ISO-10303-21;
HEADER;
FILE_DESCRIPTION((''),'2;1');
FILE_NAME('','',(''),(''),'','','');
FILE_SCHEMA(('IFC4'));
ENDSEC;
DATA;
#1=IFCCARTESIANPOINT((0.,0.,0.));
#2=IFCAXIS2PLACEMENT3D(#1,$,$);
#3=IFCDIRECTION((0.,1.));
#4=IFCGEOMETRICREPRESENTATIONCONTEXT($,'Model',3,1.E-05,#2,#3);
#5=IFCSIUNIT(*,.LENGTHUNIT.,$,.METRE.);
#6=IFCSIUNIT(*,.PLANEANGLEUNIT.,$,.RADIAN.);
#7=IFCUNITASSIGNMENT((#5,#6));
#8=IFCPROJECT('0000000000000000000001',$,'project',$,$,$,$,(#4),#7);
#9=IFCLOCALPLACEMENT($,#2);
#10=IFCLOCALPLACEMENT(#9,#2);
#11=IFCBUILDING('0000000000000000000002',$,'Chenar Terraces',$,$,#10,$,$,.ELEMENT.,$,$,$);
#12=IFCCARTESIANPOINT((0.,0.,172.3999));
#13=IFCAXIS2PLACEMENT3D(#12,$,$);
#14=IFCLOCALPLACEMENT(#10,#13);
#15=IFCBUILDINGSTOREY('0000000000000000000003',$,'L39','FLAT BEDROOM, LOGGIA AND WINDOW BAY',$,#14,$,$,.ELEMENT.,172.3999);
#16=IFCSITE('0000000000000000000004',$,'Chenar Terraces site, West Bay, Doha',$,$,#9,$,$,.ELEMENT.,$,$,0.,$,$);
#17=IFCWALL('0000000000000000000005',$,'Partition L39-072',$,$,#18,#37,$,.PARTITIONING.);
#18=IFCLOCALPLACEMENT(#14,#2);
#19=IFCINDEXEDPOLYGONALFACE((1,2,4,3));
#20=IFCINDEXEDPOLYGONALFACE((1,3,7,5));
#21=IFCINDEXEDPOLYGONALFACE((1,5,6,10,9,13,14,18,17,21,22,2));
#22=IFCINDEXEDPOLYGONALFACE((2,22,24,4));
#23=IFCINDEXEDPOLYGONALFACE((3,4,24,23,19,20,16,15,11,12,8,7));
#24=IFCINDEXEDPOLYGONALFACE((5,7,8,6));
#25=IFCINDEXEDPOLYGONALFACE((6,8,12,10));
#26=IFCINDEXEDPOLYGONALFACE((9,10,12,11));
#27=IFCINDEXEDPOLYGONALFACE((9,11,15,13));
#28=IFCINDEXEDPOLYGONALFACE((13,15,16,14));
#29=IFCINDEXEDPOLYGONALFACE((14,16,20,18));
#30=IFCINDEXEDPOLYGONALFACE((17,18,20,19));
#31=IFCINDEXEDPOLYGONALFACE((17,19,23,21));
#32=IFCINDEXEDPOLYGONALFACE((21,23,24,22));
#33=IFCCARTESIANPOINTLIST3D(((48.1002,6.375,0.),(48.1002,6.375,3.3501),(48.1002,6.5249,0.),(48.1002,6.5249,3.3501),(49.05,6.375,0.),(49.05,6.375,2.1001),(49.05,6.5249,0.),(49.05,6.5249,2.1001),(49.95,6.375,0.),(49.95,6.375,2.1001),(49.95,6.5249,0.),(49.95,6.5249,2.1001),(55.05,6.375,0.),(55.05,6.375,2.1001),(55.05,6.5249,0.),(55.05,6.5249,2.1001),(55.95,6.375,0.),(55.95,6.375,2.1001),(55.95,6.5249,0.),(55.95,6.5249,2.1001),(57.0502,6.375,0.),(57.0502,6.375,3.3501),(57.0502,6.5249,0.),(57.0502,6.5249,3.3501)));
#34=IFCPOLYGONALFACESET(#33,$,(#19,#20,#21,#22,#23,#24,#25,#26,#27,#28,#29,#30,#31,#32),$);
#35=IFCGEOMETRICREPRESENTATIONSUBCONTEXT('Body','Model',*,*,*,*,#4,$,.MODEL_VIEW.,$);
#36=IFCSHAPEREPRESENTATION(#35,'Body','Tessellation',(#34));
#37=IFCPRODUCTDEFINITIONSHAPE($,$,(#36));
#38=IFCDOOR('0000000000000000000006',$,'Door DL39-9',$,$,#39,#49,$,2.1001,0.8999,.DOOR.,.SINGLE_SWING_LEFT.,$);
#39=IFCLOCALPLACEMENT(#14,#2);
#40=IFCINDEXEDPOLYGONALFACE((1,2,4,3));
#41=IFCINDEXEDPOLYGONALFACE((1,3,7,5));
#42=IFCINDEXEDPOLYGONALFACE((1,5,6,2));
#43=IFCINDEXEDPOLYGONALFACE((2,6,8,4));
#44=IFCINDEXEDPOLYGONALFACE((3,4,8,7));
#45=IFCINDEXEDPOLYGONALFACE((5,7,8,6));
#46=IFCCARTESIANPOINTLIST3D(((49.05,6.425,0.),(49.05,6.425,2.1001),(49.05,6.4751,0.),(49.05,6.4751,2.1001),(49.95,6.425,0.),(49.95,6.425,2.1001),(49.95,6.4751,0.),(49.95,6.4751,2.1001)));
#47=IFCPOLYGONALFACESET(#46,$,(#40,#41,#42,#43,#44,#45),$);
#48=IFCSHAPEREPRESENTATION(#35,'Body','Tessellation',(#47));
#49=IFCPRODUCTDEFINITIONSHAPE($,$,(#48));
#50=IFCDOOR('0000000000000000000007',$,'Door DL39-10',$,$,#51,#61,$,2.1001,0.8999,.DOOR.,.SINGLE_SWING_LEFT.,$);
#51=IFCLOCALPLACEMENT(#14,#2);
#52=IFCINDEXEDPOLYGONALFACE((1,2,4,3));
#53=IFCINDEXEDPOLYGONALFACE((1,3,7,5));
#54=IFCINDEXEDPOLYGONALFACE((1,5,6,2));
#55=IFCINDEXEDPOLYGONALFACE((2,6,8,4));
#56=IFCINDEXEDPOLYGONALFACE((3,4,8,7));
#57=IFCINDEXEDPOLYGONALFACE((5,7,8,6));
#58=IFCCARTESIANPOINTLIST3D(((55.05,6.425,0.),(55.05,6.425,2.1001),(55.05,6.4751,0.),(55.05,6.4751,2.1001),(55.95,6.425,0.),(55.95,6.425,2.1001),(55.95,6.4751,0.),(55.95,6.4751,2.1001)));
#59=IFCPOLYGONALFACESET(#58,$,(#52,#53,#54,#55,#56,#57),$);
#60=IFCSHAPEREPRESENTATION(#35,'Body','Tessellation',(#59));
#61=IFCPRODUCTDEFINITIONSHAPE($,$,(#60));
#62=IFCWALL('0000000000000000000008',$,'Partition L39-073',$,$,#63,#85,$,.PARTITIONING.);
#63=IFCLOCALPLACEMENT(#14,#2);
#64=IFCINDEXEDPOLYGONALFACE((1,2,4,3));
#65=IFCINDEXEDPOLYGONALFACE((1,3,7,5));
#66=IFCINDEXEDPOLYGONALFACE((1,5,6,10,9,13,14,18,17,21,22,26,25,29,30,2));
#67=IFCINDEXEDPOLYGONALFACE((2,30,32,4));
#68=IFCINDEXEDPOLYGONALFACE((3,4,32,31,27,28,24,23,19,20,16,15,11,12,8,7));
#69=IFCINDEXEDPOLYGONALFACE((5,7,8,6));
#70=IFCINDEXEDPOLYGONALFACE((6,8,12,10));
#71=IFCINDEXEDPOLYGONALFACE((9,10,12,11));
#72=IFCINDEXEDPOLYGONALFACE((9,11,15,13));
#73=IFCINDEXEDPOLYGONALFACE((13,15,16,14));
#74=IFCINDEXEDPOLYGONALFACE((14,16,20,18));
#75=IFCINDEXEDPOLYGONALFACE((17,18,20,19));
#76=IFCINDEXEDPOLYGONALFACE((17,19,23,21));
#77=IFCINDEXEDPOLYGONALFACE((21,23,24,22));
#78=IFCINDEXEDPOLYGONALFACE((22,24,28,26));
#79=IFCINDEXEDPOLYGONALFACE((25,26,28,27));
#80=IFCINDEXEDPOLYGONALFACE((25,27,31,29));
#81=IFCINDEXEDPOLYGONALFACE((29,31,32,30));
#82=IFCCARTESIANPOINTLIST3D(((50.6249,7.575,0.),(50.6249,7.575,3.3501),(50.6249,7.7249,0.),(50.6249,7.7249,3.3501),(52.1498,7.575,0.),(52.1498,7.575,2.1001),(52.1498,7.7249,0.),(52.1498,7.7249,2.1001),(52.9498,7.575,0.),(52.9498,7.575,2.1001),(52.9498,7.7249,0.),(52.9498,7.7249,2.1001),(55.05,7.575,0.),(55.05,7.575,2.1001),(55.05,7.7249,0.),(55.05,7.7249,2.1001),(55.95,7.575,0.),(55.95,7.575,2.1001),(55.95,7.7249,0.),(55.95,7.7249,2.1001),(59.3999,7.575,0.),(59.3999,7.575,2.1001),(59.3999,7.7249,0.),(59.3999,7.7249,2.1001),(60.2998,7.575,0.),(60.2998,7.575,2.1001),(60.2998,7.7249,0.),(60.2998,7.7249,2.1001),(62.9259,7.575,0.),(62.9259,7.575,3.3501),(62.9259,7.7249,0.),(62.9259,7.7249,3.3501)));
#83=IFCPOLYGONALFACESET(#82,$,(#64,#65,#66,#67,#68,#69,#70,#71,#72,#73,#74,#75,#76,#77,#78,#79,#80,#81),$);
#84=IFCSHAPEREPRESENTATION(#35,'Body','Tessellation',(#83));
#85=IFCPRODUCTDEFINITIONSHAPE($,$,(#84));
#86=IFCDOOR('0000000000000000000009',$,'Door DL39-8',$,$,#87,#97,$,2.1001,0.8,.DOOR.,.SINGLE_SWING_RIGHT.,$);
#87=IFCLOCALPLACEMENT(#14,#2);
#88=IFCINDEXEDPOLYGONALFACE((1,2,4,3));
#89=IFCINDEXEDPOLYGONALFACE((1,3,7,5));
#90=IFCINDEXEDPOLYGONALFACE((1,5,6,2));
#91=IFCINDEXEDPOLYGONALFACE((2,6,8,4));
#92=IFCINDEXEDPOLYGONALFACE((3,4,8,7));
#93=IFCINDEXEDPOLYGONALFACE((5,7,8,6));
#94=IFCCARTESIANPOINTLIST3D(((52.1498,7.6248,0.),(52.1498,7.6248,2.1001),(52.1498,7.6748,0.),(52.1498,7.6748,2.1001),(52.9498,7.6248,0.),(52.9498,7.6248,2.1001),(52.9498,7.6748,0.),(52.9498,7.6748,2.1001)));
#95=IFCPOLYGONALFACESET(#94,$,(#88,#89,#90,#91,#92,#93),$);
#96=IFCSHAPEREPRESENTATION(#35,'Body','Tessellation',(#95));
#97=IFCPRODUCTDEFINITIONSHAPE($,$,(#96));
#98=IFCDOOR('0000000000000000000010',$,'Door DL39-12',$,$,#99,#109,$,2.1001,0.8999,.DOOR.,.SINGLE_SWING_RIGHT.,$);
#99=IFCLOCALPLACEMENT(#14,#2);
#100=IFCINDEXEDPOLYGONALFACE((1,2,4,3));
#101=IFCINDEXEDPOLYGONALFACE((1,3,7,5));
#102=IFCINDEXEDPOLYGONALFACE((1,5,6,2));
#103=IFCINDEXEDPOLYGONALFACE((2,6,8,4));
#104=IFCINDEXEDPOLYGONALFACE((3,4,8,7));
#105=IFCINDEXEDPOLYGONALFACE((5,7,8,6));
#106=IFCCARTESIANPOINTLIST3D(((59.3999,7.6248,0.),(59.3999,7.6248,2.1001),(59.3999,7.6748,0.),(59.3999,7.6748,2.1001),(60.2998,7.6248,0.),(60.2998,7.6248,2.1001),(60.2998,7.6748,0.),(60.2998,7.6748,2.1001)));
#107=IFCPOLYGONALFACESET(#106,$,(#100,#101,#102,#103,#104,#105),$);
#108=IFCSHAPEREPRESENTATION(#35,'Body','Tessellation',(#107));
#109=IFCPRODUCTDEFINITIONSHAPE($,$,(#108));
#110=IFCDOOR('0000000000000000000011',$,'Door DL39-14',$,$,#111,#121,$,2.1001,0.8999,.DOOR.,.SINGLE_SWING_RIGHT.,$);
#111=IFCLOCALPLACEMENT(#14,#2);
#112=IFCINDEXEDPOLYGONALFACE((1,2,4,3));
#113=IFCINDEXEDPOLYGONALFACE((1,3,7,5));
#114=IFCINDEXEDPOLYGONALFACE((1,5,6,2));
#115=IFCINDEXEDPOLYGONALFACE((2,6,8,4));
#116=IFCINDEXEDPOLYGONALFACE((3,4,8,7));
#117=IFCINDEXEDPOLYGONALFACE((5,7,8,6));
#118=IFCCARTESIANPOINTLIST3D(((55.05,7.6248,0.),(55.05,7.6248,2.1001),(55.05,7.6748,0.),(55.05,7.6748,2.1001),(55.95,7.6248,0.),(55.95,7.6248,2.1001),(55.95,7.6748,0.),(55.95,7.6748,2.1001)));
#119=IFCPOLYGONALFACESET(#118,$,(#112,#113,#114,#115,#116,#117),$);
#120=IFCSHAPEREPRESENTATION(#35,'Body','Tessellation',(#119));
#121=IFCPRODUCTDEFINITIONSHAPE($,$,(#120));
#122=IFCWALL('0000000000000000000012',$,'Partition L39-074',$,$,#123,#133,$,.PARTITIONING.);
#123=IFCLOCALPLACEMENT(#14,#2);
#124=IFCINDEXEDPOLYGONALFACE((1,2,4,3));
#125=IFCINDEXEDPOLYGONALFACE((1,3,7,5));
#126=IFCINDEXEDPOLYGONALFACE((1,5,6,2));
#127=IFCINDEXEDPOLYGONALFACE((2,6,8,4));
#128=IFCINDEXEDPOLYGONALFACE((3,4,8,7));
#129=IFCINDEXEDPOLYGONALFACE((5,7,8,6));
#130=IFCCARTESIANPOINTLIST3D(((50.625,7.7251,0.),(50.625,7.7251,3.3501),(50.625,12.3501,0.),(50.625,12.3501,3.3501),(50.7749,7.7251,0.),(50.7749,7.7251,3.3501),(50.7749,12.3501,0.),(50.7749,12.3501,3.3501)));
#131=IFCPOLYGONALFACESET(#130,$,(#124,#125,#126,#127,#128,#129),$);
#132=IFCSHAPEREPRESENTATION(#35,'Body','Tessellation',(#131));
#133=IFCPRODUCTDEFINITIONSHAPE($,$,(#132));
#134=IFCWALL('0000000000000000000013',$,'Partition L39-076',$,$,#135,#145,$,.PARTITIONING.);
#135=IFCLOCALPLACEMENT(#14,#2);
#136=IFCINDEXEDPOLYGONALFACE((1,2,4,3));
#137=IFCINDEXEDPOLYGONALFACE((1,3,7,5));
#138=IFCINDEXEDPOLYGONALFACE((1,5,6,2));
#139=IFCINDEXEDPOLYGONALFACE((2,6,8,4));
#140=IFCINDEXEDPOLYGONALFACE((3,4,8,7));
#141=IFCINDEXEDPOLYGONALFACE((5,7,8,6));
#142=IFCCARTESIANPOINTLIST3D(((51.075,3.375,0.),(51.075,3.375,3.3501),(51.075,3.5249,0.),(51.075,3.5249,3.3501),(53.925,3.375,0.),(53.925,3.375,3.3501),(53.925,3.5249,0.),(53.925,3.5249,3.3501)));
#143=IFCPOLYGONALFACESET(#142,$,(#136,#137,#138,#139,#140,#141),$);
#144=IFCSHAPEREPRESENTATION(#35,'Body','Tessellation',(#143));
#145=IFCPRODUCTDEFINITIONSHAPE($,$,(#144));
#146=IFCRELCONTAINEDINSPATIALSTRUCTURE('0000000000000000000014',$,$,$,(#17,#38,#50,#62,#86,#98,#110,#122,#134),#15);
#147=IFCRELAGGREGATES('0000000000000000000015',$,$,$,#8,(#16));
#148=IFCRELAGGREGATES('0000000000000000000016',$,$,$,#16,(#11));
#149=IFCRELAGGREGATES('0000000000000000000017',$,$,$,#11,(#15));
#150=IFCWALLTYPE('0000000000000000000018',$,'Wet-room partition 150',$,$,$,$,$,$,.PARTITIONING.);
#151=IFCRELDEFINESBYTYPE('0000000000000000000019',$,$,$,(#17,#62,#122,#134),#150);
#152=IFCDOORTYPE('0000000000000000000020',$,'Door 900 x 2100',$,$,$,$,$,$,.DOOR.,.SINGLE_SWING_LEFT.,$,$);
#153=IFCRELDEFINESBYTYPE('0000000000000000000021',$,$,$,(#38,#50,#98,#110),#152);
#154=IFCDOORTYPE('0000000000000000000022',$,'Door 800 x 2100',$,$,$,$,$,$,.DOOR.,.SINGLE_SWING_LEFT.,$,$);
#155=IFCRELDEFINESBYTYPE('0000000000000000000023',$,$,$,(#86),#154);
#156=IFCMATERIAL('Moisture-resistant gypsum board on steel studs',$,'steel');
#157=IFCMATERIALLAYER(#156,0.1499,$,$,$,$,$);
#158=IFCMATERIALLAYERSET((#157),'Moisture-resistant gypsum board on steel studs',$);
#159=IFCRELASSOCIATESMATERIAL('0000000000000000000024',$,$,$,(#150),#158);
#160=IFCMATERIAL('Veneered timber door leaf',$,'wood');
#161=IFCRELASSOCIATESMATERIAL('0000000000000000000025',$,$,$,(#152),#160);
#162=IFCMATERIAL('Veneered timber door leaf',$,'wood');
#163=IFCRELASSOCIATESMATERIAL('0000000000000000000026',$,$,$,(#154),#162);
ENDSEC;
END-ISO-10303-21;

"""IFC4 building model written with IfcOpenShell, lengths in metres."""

from ifc_helpers import new_model, si_unit, direction, frame, frame_2d, origin, place, context, subcontext, project, spatial, rectangle, extrude, material, layer, layer_set, type_object, element, fill, save


model = new_model("IFC4")

# Units and contexts
model_context = context("Model", 3, precision=1e-05, world=origin(), true_north=direction((0.0, 1.0)))
body_context = subcontext(model_context, "Body", "Model", "MODEL_VIEW")
ifc_project = project(units=[si_unit("LENGTHUNIT", "METRE"), si_unit("PLANEANGLEUNIT", "RADIAN")], contexts=[model_context])

# Site, building, storey
site_placement = place(None, origin())
site = spatial("IfcSite", under=ifc_project, at=site_placement, Name="Chenar Terraces site, West Bay, Doha", CompositionType="ELEMENT", RefElevation=0.0)
building_placement = place(site_placement, origin())
building = spatial("IfcBuilding", under=site, at=building_placement, Name="Chenar Terraces", CompositionType="ELEMENT")
storey_placement = place(building_placement, frame((0.0, 0.0, 172.3999)))
storey = spatial("IfcBuildingStorey", under=building, at=storey_placement, Name="L39", Description="FLAT BEDROOM, LOGGIA AND WINDOW BAY", CompositionType="ELEMENT", Elevation=172.3999)

# Shared definitions
ifc_material_1 = material(Name="Moisture-resistant gypsum board on steel studs", Category="steel")
ifc_layer_1 = layer(ifc_material_1, 0.1499)
ifc_layer_set_1 = layer_set([ifc_layer_1], Name="Moisture-resistant gypsum board on steel studs")
wall_type_1 = type_object("IfcWallType", Name="Wet-room partition 150", PredefinedType="PARTITIONING", material=ifc_layer_set_1)

# Walls, openings, doors
wall_1_placement = place(storey_placement, frame((48.1001, 6.45, 0.0), z_axis=(0.0, 0.0, 1.0), x_axis=(1.0, 0.0, 0.0)))
wall_1 = element("IfcWall", 1, at=wall_1_placement, inside=storey, type_object=wall_type_1, Name="Partition L39-072", PredefinedType="PARTITIONING", context=body_context, shape_type="SweptSolid", body=[
    extrude(rectangle(XDim=8.95, YDim=0.1499, at=frame_2d((4.4751, 0.0))), origin(), (0.0, 0.0, 1.0), 3.3501),
])
opening_1_placement = place(wall_1_placement, frame((0.95, 0.0, 0.0)))
opening_1 = element("IfcOpeningElement", 2, at=opening_1_placement, cuts=wall_1, PredefinedType="OPENING", context=body_context, shape_type="SweptSolid", body=[
    extrude(rectangle(XDim=0.8999, YDim=2.1001, at=frame_2d((0.45, 1.05))), frame((0.0, 0.085, 0.0), z_axis=(0.0, -1.0, 0.0), x_axis=(1.0, 0.0, 0.0)), (0.0, 0.0, 1.0), 0.1699),
])
opening_2_placement = place(wall_1_placement, frame((6.95, 0.0, 0.0)))
opening_2 = element("IfcOpeningElement", 3, at=opening_2_placement, cuts=wall_1, PredefinedType="OPENING", context=body_context, shape_type="SweptSolid", body=[
    extrude(rectangle(XDim=0.8999, YDim=2.1001, at=frame_2d((0.45, 1.05))), frame((0.0, 0.085, 0.0), z_axis=(0.0, -1.0, 0.0), x_axis=(1.0, 0.0, 0.0)), (0.0, 0.0, 1.0), 0.1699),
])
ifc_material_2 = material(Name="Veneered timber door leaf", Category="wood")
door_type_1 = type_object("IfcDoorType", Name="Door 900 x 2100", OperationType="SINGLE_SWING_LEFT", PredefinedType="DOOR", material=ifc_material_2)
door_1_placement = place(opening_1_placement, frame((0.8999, 0.0, 0.0), z_axis=(0.0, 0.0, 1.0), x_axis=(-1.0, 0.0, 0.0)))
door_1 = element("IfcDoor", 4, at=door_1_placement, inside=storey, type_object=door_type_1, Name="Door DL39-9", OperationType="SINGLE_SWING_LEFT", OverallHeight=2.1001, OverallWidth=0.8999, PredefinedType="DOOR", context=body_context, shape_type="SweptSolid", body=[
    extrude(rectangle(XDim=0.8999, YDim=2.1001, at=frame_2d((0.45, 1.05))), frame((0.0, 0.0249, 0.0), z_axis=(0.0, -1.0, 0.0), x_axis=(1.0, 0.0, 0.0)), (0.0, 0.0, 1.0), 0.05),
])
fill(opening_1, door_1)
door_2_placement = place(opening_2_placement, frame((0.8999, 0.0, 0.0), z_axis=(0.0, 0.0, 1.0), x_axis=(-1.0, 0.0, 0.0)))
door_2 = element("IfcDoor", 5, at=door_2_placement, inside=storey, type_object=door_type_1, Name="Door DL39-10", OperationType="SINGLE_SWING_LEFT", OverallHeight=2.1001, OverallWidth=0.8999, PredefinedType="DOOR", context=body_context, shape_type="SweptSolid", body=[
    extrude(rectangle(XDim=0.8999, YDim=2.1001, at=frame_2d((0.45, 1.05))), frame((0.0, 0.0249, 0.0), z_axis=(0.0, -1.0, 0.0), x_axis=(1.0, 0.0, 0.0)), (0.0, 0.0, 1.0), 0.05),
])
fill(opening_2, door_2)
wall_2_placement = place(storey_placement, frame((50.625, 7.6499, 0.0), z_axis=(0.0, 0.0, 1.0), x_axis=(1.0, 0.0, 0.0)))
wall_2 = element("IfcWall", 6, at=wall_2_placement, inside=storey, type_object=wall_type_1, Name="Partition L39-073", PredefinedType="PARTITIONING", context=body_context, shape_type="SweptSolid", body=[
    extrude(rectangle(XDim=12.301, YDim=0.1499, at=frame_2d((6.1504, 0.0))), origin(), (0.0, 0.0, 1.0), 3.3501),
])
opening_3_placement = place(wall_2_placement, frame((1.5249, 0.0, 0.0)))
opening_3 = element("IfcOpeningElement", 7, at=opening_3_placement, cuts=wall_2, PredefinedType="OPENING", context=body_context, shape_type="SweptSolid", body=[
    extrude(rectangle(XDim=0.8, YDim=2.1001, at=frame_2d((0.3999, 1.05))), frame((0.0, 0.085, 0.0), z_axis=(0.0, -1.0, 0.0), x_axis=(1.0, 0.0, 0.0)), (0.0, 0.0, 1.0), 0.1699),
])
opening_4_placement = place(wall_2_placement, frame((8.7749, 0.0, 0.0)))
opening_4 = element("IfcOpeningElement", 8, at=opening_4_placement, cuts=wall_2, PredefinedType="OPENING", context=body_context, shape_type="SweptSolid", body=[
    extrude(rectangle(XDim=0.8999, YDim=2.1001, at=frame_2d((0.45, 1.05))), frame((0.0, 0.085, 0.0), z_axis=(0.0, -1.0, 0.0), x_axis=(1.0, 0.0, 0.0)), (0.0, 0.0, 1.0), 0.1699),
])
opening_5_placement = place(wall_2_placement, frame((4.425, 0.0, 0.0)))
opening_5 = element("IfcOpeningElement", 9, at=opening_5_placement, cuts=wall_2, PredefinedType="OPENING", context=body_context, shape_type="SweptSolid", body=[
    extrude(rectangle(XDim=0.8999, YDim=2.1001, at=frame_2d((0.45, 1.05))), frame((0.0, 0.085, 0.0), z_axis=(0.0, -1.0, 0.0), x_axis=(1.0, 0.0, 0.0)), (0.0, 0.0, 1.0), 0.1699),
])
ifc_material_3 = material(Name="Veneered timber door leaf", Category="wood")
door_type_2 = type_object("IfcDoorType", Name="Door 800 x 2100", OperationType="SINGLE_SWING_LEFT", PredefinedType="DOOR", material=ifc_material_3)
door_3_placement = place(opening_3_placement, origin())
door_3 = element("IfcDoor", 10, at=door_3_placement, inside=storey, type_object=door_type_2, Name="Door DL39-8", OperationType="SINGLE_SWING_RIGHT", OverallHeight=2.1001, OverallWidth=0.8, PredefinedType="DOOR", context=body_context, shape_type="SweptSolid", body=[
    extrude(rectangle(XDim=0.8, YDim=2.1001, at=frame_2d((0.3999, 1.05))), frame((0.0, 0.0249, 0.0), z_axis=(0.0, -1.0, 0.0), x_axis=(1.0, 0.0, 0.0)), (0.0, 0.0, 1.0), 0.05),
])
fill(opening_3, door_3)
door_4_placement = place(opening_4_placement, origin())
door_4 = element("IfcDoor", 11, at=door_4_placement, inside=storey, type_object=door_type_1, Name="Door DL39-12", OperationType="SINGLE_SWING_RIGHT", OverallHeight=2.1001, OverallWidth=0.8999, PredefinedType="DOOR", context=body_context, shape_type="SweptSolid", body=[
    extrude(rectangle(XDim=0.8999, YDim=2.1001, at=frame_2d((0.45, 1.05))), frame((0.0, 0.0249, 0.0), z_axis=(0.0, -1.0, 0.0), x_axis=(1.0, 0.0, 0.0)), (0.0, 0.0, 1.0), 0.05),
])
fill(opening_4, door_4)
door_5_placement = place(opening_5_placement, origin())
door_5 = element("IfcDoor", 12, at=door_5_placement, inside=storey, type_object=door_type_1, Name="Door DL39-14", OperationType="SINGLE_SWING_RIGHT", OverallHeight=2.1001, OverallWidth=0.8999, PredefinedType="DOOR", context=body_context, shape_type="SweptSolid", body=[
    extrude(rectangle(XDim=0.8999, YDim=2.1001, at=frame_2d((0.45, 1.05))), frame((0.0, 0.0249, 0.0), z_axis=(0.0, -1.0, 0.0), x_axis=(1.0, 0.0, 0.0)), (0.0, 0.0, 1.0), 0.05),
])
fill(opening_5, door_5)

# Walls
wall_3_placement = place(storey_placement, frame((50.7, 7.7251, 0.0), z_axis=(0.0, 0.0, 1.0), x_axis=(0.0, 1.0, 0.0)))
element("IfcWall", 13, at=wall_3_placement, inside=storey, type_object=wall_type_1, Name="Partition L39-074", PredefinedType="PARTITIONING", context=body_context, shape_type="SweptSolid", body=[
    extrude(rectangle(XDim=4.625, YDim=0.1499, at=frame_2d((2.3125, 0.0))), origin(), (0.0, 0.0, 1.0), 3.3501),
])
wall_4_placement = place(storey_placement, frame((51.075, 3.45, 0.0), z_axis=(0.0, 0.0, 1.0), x_axis=(1.0, 0.0, 0.0)))
element("IfcWall", 14, at=wall_4_placement, inside=storey, type_object=wall_type_1, Name="Partition L39-076", PredefinedType="PARTITIONING", context=body_context, shape_type="SweptSolid", body=[
    extrude(rectangle(XDim=2.8501, YDim=0.1499, at=frame_2d((1.425, 0.0))), origin(), (0.0, 0.0, 1.0), 3.3501),
])

save(model, "model.ifc")
